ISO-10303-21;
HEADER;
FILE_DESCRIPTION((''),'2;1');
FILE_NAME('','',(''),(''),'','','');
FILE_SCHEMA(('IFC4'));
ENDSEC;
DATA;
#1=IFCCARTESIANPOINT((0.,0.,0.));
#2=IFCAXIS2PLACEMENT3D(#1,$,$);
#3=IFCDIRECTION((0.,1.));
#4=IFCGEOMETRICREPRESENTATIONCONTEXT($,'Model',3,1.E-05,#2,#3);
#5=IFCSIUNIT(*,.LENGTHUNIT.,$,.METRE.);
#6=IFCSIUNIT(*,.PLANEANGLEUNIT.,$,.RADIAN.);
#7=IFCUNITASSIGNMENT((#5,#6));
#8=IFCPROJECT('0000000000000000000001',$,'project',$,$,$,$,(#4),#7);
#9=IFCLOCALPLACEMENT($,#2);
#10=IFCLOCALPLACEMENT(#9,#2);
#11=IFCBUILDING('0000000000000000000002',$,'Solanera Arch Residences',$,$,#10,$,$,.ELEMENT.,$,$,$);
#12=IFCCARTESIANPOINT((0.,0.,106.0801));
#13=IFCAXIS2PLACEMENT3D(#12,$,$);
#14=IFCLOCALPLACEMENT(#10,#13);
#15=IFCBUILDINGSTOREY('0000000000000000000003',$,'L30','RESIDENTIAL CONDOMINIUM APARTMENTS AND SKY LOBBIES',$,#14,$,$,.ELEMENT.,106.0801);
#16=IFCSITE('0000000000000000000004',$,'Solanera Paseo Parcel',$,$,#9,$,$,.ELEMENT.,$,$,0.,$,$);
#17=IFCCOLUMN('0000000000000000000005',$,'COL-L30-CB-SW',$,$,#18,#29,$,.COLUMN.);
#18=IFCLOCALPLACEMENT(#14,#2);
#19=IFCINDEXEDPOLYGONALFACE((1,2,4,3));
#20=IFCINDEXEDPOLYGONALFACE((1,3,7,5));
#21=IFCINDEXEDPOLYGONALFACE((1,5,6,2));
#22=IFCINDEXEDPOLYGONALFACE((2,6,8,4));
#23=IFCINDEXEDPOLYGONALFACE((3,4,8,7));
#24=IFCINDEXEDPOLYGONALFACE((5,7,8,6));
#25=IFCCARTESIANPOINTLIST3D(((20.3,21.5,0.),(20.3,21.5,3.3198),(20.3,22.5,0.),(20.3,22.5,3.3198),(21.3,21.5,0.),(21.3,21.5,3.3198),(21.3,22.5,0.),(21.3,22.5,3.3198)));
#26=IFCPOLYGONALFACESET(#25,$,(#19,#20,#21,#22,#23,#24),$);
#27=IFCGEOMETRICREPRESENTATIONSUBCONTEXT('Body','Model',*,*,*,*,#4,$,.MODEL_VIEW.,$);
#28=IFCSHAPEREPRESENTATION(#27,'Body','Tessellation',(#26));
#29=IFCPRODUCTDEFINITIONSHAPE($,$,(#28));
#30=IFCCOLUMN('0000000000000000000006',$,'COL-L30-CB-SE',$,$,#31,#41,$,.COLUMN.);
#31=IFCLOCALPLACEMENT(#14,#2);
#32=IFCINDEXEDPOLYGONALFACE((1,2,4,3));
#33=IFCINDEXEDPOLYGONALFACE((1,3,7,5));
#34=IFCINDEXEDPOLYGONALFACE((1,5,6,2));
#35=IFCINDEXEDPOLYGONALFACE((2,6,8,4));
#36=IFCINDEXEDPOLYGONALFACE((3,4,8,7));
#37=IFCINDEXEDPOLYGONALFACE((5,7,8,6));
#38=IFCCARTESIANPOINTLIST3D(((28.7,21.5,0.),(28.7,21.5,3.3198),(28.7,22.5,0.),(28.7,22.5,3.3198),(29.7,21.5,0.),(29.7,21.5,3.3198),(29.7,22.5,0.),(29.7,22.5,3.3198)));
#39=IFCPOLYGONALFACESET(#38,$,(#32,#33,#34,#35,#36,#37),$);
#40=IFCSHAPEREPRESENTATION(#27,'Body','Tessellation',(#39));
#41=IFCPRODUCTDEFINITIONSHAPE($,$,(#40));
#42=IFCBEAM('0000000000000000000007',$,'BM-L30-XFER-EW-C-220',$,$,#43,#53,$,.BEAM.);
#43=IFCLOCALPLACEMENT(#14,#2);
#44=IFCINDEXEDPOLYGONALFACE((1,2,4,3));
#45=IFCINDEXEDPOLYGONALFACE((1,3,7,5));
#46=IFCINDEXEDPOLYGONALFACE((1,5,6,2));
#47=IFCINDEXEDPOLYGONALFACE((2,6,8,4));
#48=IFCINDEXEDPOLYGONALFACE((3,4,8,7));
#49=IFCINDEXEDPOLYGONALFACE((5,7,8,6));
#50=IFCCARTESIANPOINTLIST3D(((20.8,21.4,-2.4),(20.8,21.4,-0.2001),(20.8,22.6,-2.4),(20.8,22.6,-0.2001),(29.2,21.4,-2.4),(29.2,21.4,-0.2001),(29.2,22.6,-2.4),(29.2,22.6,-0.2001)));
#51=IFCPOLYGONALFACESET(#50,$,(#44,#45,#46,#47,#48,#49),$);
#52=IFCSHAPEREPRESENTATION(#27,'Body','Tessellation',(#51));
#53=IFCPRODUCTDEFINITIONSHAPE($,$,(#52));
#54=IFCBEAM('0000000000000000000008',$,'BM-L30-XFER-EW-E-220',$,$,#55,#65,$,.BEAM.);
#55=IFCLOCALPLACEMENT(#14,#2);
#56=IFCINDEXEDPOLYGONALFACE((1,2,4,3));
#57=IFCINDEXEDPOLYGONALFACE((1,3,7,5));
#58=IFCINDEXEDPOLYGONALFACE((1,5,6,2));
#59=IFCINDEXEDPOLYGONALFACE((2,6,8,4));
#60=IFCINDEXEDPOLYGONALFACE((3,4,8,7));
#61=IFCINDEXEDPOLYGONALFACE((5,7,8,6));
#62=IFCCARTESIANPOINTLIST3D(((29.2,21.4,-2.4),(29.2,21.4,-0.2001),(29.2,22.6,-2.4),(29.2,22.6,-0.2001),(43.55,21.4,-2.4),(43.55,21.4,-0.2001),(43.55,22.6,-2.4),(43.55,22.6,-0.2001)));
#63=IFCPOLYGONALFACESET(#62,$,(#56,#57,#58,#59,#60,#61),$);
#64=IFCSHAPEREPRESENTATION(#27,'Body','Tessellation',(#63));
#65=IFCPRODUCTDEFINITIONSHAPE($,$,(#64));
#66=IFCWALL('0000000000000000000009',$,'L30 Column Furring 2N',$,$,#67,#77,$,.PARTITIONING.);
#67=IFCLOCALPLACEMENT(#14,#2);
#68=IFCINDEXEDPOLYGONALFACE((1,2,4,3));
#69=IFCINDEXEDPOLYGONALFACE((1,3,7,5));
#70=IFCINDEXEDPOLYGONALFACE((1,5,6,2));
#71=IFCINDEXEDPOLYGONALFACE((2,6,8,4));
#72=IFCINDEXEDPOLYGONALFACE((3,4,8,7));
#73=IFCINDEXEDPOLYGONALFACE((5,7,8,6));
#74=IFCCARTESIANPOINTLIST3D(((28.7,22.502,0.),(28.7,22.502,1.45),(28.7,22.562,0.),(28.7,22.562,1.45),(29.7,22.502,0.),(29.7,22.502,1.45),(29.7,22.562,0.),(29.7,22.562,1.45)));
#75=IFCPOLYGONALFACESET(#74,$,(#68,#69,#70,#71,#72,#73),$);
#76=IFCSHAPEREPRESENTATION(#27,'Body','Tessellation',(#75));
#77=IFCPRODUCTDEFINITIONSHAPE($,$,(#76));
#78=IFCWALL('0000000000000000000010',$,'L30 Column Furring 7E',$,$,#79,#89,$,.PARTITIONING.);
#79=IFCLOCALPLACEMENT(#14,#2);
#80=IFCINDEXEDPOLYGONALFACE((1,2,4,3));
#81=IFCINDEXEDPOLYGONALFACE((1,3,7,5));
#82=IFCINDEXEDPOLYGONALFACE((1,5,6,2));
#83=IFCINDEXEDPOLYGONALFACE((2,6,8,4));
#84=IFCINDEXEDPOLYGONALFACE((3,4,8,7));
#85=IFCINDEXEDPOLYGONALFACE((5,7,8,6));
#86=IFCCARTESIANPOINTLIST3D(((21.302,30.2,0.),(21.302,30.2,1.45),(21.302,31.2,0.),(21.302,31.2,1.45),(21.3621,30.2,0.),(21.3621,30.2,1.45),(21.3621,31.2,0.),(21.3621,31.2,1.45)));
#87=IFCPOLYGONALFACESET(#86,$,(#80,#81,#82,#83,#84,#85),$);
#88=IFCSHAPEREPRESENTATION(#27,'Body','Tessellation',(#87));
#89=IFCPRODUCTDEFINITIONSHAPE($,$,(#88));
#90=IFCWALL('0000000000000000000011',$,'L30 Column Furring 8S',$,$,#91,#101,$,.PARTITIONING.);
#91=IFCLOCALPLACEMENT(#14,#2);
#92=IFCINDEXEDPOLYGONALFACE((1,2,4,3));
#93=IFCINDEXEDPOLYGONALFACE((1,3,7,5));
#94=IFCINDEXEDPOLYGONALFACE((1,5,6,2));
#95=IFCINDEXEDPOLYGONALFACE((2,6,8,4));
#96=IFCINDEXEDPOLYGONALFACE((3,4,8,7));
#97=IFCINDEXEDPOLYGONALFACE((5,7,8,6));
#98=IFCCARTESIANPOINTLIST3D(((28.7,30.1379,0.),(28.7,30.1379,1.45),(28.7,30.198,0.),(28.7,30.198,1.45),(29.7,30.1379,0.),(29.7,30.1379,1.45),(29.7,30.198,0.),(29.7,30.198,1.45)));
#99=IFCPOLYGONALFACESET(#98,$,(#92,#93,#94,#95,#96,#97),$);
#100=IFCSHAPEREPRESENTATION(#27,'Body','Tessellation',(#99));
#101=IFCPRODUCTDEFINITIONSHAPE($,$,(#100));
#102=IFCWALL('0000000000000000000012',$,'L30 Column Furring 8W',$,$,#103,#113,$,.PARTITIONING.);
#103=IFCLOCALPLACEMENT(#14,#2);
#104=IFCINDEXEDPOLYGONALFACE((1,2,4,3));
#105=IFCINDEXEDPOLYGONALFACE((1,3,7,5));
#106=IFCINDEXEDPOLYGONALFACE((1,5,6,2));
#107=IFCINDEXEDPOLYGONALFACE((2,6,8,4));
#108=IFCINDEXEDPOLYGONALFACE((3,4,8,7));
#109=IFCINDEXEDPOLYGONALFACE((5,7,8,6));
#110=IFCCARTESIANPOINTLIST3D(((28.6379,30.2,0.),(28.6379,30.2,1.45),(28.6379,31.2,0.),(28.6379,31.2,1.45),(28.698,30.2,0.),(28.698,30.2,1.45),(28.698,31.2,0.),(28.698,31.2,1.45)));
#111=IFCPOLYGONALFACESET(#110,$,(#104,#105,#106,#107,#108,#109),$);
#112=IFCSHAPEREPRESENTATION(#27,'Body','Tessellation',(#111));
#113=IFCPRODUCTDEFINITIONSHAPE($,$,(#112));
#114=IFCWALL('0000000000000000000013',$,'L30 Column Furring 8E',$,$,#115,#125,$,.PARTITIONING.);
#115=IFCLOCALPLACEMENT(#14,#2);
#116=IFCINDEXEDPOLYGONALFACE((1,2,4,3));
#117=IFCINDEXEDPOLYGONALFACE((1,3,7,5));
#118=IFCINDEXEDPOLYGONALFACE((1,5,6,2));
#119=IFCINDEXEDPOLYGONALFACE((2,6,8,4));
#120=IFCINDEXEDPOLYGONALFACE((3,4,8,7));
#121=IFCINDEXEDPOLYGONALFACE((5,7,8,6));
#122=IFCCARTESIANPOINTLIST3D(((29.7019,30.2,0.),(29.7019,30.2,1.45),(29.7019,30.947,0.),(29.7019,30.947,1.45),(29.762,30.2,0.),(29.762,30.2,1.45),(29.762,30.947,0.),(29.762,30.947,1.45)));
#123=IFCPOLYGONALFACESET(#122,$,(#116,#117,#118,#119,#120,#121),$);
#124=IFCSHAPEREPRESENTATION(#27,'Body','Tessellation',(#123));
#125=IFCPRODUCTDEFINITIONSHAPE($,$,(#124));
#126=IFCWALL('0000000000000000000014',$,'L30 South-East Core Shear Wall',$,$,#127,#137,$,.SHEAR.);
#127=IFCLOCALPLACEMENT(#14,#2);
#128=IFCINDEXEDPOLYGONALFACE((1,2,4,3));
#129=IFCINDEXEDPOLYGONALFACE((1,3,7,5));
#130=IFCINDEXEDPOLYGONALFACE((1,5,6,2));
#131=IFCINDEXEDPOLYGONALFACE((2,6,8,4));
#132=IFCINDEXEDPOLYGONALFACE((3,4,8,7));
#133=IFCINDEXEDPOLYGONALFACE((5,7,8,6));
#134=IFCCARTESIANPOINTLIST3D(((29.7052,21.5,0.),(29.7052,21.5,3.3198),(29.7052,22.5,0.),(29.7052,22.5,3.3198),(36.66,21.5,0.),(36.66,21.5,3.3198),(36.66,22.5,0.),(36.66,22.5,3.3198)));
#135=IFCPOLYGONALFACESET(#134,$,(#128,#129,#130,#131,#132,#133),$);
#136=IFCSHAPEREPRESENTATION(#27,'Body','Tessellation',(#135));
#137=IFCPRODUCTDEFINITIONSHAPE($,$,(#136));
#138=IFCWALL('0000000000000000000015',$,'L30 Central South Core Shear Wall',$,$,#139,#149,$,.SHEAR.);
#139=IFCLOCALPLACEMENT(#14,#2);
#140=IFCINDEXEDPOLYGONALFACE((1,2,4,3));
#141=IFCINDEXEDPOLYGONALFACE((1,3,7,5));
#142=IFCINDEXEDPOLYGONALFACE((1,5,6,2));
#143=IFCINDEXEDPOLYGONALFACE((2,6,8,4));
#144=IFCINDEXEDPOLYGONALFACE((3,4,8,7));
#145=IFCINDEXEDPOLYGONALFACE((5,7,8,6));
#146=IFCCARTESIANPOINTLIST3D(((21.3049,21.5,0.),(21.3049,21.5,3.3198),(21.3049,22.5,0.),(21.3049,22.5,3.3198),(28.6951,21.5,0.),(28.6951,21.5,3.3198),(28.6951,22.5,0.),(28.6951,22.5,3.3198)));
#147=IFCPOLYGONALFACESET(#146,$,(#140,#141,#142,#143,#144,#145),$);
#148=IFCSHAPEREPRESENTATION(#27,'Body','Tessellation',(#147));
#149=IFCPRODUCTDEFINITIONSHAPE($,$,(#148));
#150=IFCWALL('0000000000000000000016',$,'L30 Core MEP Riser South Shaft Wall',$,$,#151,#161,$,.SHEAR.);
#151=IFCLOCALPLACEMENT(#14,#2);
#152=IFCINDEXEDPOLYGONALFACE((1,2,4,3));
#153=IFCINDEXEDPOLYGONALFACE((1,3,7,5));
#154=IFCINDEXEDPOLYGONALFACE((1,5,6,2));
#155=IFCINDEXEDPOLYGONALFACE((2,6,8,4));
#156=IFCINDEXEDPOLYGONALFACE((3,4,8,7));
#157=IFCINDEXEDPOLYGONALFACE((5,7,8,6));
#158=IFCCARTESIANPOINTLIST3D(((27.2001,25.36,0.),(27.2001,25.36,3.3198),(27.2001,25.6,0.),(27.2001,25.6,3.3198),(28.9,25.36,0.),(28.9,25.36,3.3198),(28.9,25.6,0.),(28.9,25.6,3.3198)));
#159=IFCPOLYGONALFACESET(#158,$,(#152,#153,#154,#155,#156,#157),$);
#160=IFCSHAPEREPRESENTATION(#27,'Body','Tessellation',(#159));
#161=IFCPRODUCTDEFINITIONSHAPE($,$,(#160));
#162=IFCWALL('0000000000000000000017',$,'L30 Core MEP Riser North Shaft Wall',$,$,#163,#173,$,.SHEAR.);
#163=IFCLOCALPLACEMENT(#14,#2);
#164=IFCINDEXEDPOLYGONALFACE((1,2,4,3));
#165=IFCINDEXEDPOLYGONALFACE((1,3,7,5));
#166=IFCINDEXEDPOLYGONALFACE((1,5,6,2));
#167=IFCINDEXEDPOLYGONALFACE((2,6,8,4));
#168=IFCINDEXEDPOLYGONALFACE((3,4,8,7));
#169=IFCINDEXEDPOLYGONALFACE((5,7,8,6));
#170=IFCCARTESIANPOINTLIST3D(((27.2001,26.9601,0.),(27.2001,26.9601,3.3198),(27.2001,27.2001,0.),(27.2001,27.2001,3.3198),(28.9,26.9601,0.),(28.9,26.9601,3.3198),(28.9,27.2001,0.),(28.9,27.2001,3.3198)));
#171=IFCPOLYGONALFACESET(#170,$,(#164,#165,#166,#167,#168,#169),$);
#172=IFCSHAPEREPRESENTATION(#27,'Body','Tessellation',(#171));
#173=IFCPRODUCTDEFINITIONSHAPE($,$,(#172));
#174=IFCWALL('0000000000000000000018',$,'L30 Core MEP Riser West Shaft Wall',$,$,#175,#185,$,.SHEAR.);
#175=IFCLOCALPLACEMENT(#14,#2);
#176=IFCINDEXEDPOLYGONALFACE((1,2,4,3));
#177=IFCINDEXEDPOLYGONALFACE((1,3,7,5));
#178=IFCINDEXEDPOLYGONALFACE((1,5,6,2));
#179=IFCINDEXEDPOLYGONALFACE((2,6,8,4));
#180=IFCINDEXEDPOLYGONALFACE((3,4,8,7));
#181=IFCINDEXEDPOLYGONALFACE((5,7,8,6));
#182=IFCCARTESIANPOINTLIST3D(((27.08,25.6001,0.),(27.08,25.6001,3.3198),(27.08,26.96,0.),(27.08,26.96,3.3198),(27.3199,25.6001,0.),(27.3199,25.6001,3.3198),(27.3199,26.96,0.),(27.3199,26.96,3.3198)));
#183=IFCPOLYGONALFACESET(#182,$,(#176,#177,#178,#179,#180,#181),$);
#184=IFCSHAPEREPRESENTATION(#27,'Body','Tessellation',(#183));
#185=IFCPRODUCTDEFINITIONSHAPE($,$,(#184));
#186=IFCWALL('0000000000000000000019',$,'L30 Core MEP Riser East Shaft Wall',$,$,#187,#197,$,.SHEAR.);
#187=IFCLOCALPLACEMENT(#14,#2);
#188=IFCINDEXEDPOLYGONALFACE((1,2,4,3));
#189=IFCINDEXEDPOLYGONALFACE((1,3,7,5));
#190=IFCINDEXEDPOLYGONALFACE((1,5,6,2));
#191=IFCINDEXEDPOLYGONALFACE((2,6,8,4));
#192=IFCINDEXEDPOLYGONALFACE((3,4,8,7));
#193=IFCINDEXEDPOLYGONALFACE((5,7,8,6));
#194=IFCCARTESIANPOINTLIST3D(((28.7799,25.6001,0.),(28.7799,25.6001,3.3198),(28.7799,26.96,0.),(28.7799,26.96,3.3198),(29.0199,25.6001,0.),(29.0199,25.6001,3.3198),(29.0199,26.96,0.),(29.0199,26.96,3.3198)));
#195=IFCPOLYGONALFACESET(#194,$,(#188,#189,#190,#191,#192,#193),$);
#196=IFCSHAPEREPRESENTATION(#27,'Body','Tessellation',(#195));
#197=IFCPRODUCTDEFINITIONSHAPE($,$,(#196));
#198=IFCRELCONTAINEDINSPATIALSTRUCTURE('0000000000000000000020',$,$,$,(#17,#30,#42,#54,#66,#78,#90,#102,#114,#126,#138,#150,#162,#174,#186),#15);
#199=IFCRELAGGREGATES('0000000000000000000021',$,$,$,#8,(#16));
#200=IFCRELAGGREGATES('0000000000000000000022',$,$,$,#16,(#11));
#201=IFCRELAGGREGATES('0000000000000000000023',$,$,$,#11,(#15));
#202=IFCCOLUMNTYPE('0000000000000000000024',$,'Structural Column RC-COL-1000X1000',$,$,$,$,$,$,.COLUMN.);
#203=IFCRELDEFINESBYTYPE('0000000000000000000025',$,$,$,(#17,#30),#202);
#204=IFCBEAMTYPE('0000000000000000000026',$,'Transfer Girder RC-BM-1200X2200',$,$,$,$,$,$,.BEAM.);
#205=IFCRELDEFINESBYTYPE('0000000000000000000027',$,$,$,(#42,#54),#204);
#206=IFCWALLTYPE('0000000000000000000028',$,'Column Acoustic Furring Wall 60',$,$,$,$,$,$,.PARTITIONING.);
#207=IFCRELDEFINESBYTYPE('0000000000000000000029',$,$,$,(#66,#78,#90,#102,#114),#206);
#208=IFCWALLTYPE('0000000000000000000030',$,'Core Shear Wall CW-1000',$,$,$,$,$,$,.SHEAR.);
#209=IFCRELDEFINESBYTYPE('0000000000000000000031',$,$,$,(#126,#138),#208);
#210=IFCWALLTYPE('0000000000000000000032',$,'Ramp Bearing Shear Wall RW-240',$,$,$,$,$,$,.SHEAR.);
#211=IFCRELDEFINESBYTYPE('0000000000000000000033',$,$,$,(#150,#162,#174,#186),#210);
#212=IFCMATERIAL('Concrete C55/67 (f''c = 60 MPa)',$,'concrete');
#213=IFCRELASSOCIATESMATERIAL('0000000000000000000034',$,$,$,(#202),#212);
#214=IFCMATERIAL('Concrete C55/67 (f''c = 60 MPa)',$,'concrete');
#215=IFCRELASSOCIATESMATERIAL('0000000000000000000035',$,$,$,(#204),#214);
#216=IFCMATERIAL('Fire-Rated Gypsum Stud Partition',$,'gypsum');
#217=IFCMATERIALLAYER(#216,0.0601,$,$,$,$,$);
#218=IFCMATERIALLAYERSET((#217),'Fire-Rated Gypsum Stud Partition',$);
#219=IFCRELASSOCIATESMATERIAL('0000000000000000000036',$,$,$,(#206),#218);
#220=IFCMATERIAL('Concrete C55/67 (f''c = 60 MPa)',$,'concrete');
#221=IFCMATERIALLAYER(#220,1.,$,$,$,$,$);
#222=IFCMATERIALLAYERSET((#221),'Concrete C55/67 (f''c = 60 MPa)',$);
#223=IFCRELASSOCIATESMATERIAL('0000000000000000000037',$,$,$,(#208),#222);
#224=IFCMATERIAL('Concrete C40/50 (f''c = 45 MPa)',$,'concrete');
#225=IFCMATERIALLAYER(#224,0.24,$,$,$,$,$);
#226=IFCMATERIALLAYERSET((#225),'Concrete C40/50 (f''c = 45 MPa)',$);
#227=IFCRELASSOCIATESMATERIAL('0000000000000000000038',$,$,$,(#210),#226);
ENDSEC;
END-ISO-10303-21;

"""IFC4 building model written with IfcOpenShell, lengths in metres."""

from ifc_helpers import new_model, si_unit, direction, frame, frame_2d, origin, origin_2d, place, context, subcontext, project, spatial, rectangle, extrude, material, layer, layer_set, material_profile, profile_set, type_object, element, save


model = new_model("IFC4")

# Units and contexts
model_context = context("Model", 3, precision=1e-05, world=origin(), true_north=direction((0.0, 1.0)))
body_context = subcontext(model_context, "Body", "Model", "MODEL_VIEW")
ifc_project = project(units=[si_unit("LENGTHUNIT", "METRE"), si_unit("PLANEANGLEUNIT", "RADIAN")], contexts=[model_context])

# Site, building, storey
site_placement = place(None, origin())
site = spatial("IfcSite", under=ifc_project, at=site_placement, Name="Solanera Paseo Parcel", CompositionType="ELEMENT", RefElevation=0.0)
building_placement = place(site_placement, origin())
building = spatial("IfcBuilding", under=site, at=building_placement, Name="Solanera Arch Residences", CompositionType="ELEMENT")
storey_placement = place(building_placement, frame((0.0, 0.0, 106.0801)))
storey = spatial("IfcBuildingStorey", under=building, at=storey_placement, Name="L30", Description="RESIDENTIAL CONDOMINIUM APARTMENTS AND SKY LOBBIES", CompositionType="ELEMENT", Elevation=106.0801)

# Columns
ifc_material_1 = material(Name="Concrete C55/67 (f'c = 60 MPa)", Category="concrete")
ifc_material_profile_1 = material_profile(ifc_material_1, rectangle(XDim=1.0, YDim=1.0, at=origin_2d()))
ifc_profile_set_1 = profile_set([ifc_material_profile_1], Name="Concrete C55/67 (f'c = 60 MPa)")
column_type = type_object("IfcColumnType", Name="Structural Column RC-COL-1000X1000", PredefinedType="COLUMN", material=ifc_profile_set_1)
for number, where, z_axis, x_axis, name in (
    (1, (20.8, 22.0, 0.0), (0.0, 0.0, 1.0), (1.0, 0.0, 0.0), "COL-L30-CB-SW"),
    (2, (29.2, 22.0, 0.0), (0.0, 0.0, 1.0), (1.0, 0.0, 0.0), "COL-L30-CB-SE"),
):
    element("IfcColumn", number, at=place(storey_placement, frame(where, z_axis=z_axis, x_axis=x_axis)), inside=storey, type_object=column_type, Name=name, PredefinedType="COLUMN", context=body_context, shape_type="SweptSolid", body=[
        extrude(rectangle(XDim=1.0, YDim=1.0, at=origin_2d()), origin(), (0.0, 0.0, 1.0), 3.3198),
    ])

# Beams
ifc_material_2 = material(Name="Concrete C55/67 (f'c = 60 MPa)", Category="concrete")
ifc_material_profile_2 = material_profile(ifc_material_2, rectangle(XDim=1.2, YDim=2.2, at=origin_2d()))
ifc_profile_set_2 = profile_set([ifc_material_profile_2], Name="Concrete C55/67 (f'c = 60 MPa)")
beam_type = type_object("IfcBeamType", Name="Transfer Girder RC-BM-1200X2200", PredefinedType="BEAM", material=ifc_profile_set_2)
beam_1_placement = place(storey_placement, frame((20.8, 22.0, -1.3), z_axis=(1.0, 0.0, 0.0), x_axis=(0.0, 1.0, 0.0)))
element("IfcBeam", 3, at=beam_1_placement, inside=storey, type_object=beam_type, Name="BM-L30-XFER-EW-C-220", PredefinedType="BEAM", context=body_context, shape_type="SweptSolid", body=[
    extrude(rectangle(XDim=1.2, YDim=2.2, at=origin_2d()), origin(), (0.0, 0.0, 1.0), 8.3999),
])
beam_2_placement = place(storey_placement, frame((29.2, 22.0, -1.3), z_axis=(1.0, 0.0, 0.0), x_axis=(0.0, 1.0, 0.0)))
element("IfcBeam", 4, at=beam_2_placement, inside=storey, type_object=beam_type, Name="BM-L30-XFER-EW-E-220", PredefinedType="BEAM", context=body_context, shape_type="SweptSolid", body=[
    extrude(rectangle(XDim=1.2, YDim=2.2, at=origin_2d()), origin(), (0.0, 0.0, 1.0), 14.3501),
])

# Walls
ifc_material_3 = material(Name="Fire-Rated Gypsum Stud Partition", Category="gypsum")
ifc_layer_1 = layer(ifc_material_3, 0.0601)
ifc_layer_set_1 = layer_set([ifc_layer_1], Name="Fire-Rated Gypsum Stud Partition")
wall_type_1 = type_object("IfcWallType", Name="Column Acoustic Furring Wall 60", PredefinedType="PARTITIONING", material=ifc_layer_set_1)
for number, where, z_axis, x_axis, name in (
    (5, (28.7, 22.532, 0.0), (0.0, 0.0, 1.0), (1.0, 0.0, 0.0), "L30 Column Furring 2N"),
    (6, (21.332, 30.2, 0.0), (0.0, 0.0, 1.0), (0.0, 1.0, 0.0), "L30 Column Furring 7E"),
    (7, (28.7, 30.168, 0.0), (0.0, 0.0, 1.0), (1.0, 0.0, 0.0), "L30 Column Furring 8S"),
    (8, (28.668, 30.2, 0.0), (0.0, 0.0, 1.0), (0.0, 1.0, 0.0), "L30 Column Furring 8W"),
):
    element("IfcWall", number, at=place(storey_placement, frame(where, z_axis=z_axis, x_axis=x_axis)), inside=storey, type_object=wall_type_1, Name=name, PredefinedType="PARTITIONING", context=body_context, shape_type="SweptSolid", body=[
        extrude(rectangle(XDim=1.0, YDim=0.0601, at=frame_2d((0.5, 0.0))), origin(), (0.0, 0.0, 1.0), 1.45),
    ])
wall_1_placement = place(storey_placement, frame((29.7319, 30.2, 0.0), z_axis=(0.0, 0.0, 1.0), x_axis=(0.0, 1.0, 0.0)))
element("IfcWall", 9, at=wall_1_placement, inside=storey, type_object=wall_type_1, Name="L30 Column Furring 8E", PredefinedType="PARTITIONING", context=body_context, shape_type="SweptSolid", body=[
    extrude(rectangle(XDim=0.7471, YDim=0.0601, at=frame_2d((0.3735, 0.0))), origin(), (0.0, 0.0, 1.0), 1.45),
])
ifc_material_4 = material(Name="Concrete C55/67 (f'c = 60 MPa)", Category="concrete")
ifc_layer_2 = layer(ifc_material_4, 1.0)
ifc_layer_set_2 = layer_set([ifc_layer_2], Name="Concrete C55/67 (f'c = 60 MPa)")
wall_type_2 = type_object("IfcWallType", Name="Core Shear Wall CW-1000", PredefinedType="SHEAR", material=ifc_layer_set_2)
wall_2_placement = place(storey_placement, frame((29.7051, 22.0, 0.0), z_axis=(0.0, 0.0, 1.0), x_axis=(1.0, 0.0, 0.0)))
element("IfcWall", 10, at=wall_2_placement, inside=storey, type_object=wall_type_2, Name="L30 South-East Core Shear Wall", PredefinedType="SHEAR", context=body_context, shape_type="SweptSolid", body=[
    extrude(rectangle(XDim=6.9548, YDim=1.0, at=frame_2d((3.4775, 0.0))), origin(), (0.0, 0.0, 1.0), 3.3198),
])
wall_3_placement = place(storey_placement, frame((21.3049, 22.0, 0.0), z_axis=(0.0, 0.0, 1.0), x_axis=(1.0, 0.0, 0.0)))
element("IfcWall", 11, at=wall_3_placement, inside=storey, type_object=wall_type_2, Name="L30 Central South Core Shear Wall", PredefinedType="SHEAR", context=body_context, shape_type="SweptSolid", body=[
    extrude(rectangle(XDim=7.3901, YDim=1.0, at=frame_2d((3.6951, 0.0))), origin(), (0.0, 0.0, 1.0), 3.3198),
])
ifc_material_5 = material(Name="Concrete C40/50 (f'c = 45 MPa)", Category="concrete")
ifc_layer_3 = layer(ifc_material_5, 0.24)
ifc_layer_set_3 = layer_set([ifc_layer_3], Name="Concrete C40/50 (f'c = 45 MPa)")
wall_type_3 = type_object("IfcWallType", Name="Ramp Bearing Shear Wall RW-240", PredefinedType="SHEAR", material=ifc_layer_set_3)
for number, where, z_axis, x_axis, name in (
    (12, (27.2, 25.48, 0.0), (0.0, 0.0, 1.0), (1.0, 0.0, 0.0), "L30 Core MEP Riser South Shaft Wall"),
    (13, (27.2, 27.0801, 0.0), (0.0, 0.0, 1.0), (1.0, 0.0, 0.0), "L30 Core MEP Riser North Shaft Wall"),
):
    element("IfcWall", number, at=place(storey_placement, frame(where, z_axis=z_axis, x_axis=x_axis)), inside=storey, type_object=wall_type_3, Name=name, PredefinedType="SHEAR", context=body_context, shape_type="SweptSolid", body=[
        extrude(rectangle(XDim=1.7, YDim=0.24, at=frame_2d((0.8501, 0.0))), origin(), (0.0, 0.0, 1.0), 3.3198),
    ])
for number, where, z_axis, x_axis, name in (
    (14, (27.2, 25.6001, 0.0), (0.0, 0.0, 1.0), (0.0, 1.0, 0.0), "L30 Core MEP Riser West Shaft Wall"),
    (15, (28.8999, 25.6001, 0.0), (0.0, 0.0, 1.0), (0.0, 1.0, 0.0), "L30 Core MEP Riser East Shaft Wall"),
):
    element("IfcWall", number, at=place(storey_placement, frame(where, z_axis=z_axis, x_axis=x_axis)), inside=storey, type_object=wall_type_3, Name=name, PredefinedType="SHEAR", context=body_context, shape_type="SweptSolid", body=[
        extrude(rectangle(XDim=1.3599, YDim=0.24, at=frame_2d((0.6799, 0.0))), origin(), (0.0, 0.0, 1.0), 3.3198),
    ])

save(model, "model.ifc")
